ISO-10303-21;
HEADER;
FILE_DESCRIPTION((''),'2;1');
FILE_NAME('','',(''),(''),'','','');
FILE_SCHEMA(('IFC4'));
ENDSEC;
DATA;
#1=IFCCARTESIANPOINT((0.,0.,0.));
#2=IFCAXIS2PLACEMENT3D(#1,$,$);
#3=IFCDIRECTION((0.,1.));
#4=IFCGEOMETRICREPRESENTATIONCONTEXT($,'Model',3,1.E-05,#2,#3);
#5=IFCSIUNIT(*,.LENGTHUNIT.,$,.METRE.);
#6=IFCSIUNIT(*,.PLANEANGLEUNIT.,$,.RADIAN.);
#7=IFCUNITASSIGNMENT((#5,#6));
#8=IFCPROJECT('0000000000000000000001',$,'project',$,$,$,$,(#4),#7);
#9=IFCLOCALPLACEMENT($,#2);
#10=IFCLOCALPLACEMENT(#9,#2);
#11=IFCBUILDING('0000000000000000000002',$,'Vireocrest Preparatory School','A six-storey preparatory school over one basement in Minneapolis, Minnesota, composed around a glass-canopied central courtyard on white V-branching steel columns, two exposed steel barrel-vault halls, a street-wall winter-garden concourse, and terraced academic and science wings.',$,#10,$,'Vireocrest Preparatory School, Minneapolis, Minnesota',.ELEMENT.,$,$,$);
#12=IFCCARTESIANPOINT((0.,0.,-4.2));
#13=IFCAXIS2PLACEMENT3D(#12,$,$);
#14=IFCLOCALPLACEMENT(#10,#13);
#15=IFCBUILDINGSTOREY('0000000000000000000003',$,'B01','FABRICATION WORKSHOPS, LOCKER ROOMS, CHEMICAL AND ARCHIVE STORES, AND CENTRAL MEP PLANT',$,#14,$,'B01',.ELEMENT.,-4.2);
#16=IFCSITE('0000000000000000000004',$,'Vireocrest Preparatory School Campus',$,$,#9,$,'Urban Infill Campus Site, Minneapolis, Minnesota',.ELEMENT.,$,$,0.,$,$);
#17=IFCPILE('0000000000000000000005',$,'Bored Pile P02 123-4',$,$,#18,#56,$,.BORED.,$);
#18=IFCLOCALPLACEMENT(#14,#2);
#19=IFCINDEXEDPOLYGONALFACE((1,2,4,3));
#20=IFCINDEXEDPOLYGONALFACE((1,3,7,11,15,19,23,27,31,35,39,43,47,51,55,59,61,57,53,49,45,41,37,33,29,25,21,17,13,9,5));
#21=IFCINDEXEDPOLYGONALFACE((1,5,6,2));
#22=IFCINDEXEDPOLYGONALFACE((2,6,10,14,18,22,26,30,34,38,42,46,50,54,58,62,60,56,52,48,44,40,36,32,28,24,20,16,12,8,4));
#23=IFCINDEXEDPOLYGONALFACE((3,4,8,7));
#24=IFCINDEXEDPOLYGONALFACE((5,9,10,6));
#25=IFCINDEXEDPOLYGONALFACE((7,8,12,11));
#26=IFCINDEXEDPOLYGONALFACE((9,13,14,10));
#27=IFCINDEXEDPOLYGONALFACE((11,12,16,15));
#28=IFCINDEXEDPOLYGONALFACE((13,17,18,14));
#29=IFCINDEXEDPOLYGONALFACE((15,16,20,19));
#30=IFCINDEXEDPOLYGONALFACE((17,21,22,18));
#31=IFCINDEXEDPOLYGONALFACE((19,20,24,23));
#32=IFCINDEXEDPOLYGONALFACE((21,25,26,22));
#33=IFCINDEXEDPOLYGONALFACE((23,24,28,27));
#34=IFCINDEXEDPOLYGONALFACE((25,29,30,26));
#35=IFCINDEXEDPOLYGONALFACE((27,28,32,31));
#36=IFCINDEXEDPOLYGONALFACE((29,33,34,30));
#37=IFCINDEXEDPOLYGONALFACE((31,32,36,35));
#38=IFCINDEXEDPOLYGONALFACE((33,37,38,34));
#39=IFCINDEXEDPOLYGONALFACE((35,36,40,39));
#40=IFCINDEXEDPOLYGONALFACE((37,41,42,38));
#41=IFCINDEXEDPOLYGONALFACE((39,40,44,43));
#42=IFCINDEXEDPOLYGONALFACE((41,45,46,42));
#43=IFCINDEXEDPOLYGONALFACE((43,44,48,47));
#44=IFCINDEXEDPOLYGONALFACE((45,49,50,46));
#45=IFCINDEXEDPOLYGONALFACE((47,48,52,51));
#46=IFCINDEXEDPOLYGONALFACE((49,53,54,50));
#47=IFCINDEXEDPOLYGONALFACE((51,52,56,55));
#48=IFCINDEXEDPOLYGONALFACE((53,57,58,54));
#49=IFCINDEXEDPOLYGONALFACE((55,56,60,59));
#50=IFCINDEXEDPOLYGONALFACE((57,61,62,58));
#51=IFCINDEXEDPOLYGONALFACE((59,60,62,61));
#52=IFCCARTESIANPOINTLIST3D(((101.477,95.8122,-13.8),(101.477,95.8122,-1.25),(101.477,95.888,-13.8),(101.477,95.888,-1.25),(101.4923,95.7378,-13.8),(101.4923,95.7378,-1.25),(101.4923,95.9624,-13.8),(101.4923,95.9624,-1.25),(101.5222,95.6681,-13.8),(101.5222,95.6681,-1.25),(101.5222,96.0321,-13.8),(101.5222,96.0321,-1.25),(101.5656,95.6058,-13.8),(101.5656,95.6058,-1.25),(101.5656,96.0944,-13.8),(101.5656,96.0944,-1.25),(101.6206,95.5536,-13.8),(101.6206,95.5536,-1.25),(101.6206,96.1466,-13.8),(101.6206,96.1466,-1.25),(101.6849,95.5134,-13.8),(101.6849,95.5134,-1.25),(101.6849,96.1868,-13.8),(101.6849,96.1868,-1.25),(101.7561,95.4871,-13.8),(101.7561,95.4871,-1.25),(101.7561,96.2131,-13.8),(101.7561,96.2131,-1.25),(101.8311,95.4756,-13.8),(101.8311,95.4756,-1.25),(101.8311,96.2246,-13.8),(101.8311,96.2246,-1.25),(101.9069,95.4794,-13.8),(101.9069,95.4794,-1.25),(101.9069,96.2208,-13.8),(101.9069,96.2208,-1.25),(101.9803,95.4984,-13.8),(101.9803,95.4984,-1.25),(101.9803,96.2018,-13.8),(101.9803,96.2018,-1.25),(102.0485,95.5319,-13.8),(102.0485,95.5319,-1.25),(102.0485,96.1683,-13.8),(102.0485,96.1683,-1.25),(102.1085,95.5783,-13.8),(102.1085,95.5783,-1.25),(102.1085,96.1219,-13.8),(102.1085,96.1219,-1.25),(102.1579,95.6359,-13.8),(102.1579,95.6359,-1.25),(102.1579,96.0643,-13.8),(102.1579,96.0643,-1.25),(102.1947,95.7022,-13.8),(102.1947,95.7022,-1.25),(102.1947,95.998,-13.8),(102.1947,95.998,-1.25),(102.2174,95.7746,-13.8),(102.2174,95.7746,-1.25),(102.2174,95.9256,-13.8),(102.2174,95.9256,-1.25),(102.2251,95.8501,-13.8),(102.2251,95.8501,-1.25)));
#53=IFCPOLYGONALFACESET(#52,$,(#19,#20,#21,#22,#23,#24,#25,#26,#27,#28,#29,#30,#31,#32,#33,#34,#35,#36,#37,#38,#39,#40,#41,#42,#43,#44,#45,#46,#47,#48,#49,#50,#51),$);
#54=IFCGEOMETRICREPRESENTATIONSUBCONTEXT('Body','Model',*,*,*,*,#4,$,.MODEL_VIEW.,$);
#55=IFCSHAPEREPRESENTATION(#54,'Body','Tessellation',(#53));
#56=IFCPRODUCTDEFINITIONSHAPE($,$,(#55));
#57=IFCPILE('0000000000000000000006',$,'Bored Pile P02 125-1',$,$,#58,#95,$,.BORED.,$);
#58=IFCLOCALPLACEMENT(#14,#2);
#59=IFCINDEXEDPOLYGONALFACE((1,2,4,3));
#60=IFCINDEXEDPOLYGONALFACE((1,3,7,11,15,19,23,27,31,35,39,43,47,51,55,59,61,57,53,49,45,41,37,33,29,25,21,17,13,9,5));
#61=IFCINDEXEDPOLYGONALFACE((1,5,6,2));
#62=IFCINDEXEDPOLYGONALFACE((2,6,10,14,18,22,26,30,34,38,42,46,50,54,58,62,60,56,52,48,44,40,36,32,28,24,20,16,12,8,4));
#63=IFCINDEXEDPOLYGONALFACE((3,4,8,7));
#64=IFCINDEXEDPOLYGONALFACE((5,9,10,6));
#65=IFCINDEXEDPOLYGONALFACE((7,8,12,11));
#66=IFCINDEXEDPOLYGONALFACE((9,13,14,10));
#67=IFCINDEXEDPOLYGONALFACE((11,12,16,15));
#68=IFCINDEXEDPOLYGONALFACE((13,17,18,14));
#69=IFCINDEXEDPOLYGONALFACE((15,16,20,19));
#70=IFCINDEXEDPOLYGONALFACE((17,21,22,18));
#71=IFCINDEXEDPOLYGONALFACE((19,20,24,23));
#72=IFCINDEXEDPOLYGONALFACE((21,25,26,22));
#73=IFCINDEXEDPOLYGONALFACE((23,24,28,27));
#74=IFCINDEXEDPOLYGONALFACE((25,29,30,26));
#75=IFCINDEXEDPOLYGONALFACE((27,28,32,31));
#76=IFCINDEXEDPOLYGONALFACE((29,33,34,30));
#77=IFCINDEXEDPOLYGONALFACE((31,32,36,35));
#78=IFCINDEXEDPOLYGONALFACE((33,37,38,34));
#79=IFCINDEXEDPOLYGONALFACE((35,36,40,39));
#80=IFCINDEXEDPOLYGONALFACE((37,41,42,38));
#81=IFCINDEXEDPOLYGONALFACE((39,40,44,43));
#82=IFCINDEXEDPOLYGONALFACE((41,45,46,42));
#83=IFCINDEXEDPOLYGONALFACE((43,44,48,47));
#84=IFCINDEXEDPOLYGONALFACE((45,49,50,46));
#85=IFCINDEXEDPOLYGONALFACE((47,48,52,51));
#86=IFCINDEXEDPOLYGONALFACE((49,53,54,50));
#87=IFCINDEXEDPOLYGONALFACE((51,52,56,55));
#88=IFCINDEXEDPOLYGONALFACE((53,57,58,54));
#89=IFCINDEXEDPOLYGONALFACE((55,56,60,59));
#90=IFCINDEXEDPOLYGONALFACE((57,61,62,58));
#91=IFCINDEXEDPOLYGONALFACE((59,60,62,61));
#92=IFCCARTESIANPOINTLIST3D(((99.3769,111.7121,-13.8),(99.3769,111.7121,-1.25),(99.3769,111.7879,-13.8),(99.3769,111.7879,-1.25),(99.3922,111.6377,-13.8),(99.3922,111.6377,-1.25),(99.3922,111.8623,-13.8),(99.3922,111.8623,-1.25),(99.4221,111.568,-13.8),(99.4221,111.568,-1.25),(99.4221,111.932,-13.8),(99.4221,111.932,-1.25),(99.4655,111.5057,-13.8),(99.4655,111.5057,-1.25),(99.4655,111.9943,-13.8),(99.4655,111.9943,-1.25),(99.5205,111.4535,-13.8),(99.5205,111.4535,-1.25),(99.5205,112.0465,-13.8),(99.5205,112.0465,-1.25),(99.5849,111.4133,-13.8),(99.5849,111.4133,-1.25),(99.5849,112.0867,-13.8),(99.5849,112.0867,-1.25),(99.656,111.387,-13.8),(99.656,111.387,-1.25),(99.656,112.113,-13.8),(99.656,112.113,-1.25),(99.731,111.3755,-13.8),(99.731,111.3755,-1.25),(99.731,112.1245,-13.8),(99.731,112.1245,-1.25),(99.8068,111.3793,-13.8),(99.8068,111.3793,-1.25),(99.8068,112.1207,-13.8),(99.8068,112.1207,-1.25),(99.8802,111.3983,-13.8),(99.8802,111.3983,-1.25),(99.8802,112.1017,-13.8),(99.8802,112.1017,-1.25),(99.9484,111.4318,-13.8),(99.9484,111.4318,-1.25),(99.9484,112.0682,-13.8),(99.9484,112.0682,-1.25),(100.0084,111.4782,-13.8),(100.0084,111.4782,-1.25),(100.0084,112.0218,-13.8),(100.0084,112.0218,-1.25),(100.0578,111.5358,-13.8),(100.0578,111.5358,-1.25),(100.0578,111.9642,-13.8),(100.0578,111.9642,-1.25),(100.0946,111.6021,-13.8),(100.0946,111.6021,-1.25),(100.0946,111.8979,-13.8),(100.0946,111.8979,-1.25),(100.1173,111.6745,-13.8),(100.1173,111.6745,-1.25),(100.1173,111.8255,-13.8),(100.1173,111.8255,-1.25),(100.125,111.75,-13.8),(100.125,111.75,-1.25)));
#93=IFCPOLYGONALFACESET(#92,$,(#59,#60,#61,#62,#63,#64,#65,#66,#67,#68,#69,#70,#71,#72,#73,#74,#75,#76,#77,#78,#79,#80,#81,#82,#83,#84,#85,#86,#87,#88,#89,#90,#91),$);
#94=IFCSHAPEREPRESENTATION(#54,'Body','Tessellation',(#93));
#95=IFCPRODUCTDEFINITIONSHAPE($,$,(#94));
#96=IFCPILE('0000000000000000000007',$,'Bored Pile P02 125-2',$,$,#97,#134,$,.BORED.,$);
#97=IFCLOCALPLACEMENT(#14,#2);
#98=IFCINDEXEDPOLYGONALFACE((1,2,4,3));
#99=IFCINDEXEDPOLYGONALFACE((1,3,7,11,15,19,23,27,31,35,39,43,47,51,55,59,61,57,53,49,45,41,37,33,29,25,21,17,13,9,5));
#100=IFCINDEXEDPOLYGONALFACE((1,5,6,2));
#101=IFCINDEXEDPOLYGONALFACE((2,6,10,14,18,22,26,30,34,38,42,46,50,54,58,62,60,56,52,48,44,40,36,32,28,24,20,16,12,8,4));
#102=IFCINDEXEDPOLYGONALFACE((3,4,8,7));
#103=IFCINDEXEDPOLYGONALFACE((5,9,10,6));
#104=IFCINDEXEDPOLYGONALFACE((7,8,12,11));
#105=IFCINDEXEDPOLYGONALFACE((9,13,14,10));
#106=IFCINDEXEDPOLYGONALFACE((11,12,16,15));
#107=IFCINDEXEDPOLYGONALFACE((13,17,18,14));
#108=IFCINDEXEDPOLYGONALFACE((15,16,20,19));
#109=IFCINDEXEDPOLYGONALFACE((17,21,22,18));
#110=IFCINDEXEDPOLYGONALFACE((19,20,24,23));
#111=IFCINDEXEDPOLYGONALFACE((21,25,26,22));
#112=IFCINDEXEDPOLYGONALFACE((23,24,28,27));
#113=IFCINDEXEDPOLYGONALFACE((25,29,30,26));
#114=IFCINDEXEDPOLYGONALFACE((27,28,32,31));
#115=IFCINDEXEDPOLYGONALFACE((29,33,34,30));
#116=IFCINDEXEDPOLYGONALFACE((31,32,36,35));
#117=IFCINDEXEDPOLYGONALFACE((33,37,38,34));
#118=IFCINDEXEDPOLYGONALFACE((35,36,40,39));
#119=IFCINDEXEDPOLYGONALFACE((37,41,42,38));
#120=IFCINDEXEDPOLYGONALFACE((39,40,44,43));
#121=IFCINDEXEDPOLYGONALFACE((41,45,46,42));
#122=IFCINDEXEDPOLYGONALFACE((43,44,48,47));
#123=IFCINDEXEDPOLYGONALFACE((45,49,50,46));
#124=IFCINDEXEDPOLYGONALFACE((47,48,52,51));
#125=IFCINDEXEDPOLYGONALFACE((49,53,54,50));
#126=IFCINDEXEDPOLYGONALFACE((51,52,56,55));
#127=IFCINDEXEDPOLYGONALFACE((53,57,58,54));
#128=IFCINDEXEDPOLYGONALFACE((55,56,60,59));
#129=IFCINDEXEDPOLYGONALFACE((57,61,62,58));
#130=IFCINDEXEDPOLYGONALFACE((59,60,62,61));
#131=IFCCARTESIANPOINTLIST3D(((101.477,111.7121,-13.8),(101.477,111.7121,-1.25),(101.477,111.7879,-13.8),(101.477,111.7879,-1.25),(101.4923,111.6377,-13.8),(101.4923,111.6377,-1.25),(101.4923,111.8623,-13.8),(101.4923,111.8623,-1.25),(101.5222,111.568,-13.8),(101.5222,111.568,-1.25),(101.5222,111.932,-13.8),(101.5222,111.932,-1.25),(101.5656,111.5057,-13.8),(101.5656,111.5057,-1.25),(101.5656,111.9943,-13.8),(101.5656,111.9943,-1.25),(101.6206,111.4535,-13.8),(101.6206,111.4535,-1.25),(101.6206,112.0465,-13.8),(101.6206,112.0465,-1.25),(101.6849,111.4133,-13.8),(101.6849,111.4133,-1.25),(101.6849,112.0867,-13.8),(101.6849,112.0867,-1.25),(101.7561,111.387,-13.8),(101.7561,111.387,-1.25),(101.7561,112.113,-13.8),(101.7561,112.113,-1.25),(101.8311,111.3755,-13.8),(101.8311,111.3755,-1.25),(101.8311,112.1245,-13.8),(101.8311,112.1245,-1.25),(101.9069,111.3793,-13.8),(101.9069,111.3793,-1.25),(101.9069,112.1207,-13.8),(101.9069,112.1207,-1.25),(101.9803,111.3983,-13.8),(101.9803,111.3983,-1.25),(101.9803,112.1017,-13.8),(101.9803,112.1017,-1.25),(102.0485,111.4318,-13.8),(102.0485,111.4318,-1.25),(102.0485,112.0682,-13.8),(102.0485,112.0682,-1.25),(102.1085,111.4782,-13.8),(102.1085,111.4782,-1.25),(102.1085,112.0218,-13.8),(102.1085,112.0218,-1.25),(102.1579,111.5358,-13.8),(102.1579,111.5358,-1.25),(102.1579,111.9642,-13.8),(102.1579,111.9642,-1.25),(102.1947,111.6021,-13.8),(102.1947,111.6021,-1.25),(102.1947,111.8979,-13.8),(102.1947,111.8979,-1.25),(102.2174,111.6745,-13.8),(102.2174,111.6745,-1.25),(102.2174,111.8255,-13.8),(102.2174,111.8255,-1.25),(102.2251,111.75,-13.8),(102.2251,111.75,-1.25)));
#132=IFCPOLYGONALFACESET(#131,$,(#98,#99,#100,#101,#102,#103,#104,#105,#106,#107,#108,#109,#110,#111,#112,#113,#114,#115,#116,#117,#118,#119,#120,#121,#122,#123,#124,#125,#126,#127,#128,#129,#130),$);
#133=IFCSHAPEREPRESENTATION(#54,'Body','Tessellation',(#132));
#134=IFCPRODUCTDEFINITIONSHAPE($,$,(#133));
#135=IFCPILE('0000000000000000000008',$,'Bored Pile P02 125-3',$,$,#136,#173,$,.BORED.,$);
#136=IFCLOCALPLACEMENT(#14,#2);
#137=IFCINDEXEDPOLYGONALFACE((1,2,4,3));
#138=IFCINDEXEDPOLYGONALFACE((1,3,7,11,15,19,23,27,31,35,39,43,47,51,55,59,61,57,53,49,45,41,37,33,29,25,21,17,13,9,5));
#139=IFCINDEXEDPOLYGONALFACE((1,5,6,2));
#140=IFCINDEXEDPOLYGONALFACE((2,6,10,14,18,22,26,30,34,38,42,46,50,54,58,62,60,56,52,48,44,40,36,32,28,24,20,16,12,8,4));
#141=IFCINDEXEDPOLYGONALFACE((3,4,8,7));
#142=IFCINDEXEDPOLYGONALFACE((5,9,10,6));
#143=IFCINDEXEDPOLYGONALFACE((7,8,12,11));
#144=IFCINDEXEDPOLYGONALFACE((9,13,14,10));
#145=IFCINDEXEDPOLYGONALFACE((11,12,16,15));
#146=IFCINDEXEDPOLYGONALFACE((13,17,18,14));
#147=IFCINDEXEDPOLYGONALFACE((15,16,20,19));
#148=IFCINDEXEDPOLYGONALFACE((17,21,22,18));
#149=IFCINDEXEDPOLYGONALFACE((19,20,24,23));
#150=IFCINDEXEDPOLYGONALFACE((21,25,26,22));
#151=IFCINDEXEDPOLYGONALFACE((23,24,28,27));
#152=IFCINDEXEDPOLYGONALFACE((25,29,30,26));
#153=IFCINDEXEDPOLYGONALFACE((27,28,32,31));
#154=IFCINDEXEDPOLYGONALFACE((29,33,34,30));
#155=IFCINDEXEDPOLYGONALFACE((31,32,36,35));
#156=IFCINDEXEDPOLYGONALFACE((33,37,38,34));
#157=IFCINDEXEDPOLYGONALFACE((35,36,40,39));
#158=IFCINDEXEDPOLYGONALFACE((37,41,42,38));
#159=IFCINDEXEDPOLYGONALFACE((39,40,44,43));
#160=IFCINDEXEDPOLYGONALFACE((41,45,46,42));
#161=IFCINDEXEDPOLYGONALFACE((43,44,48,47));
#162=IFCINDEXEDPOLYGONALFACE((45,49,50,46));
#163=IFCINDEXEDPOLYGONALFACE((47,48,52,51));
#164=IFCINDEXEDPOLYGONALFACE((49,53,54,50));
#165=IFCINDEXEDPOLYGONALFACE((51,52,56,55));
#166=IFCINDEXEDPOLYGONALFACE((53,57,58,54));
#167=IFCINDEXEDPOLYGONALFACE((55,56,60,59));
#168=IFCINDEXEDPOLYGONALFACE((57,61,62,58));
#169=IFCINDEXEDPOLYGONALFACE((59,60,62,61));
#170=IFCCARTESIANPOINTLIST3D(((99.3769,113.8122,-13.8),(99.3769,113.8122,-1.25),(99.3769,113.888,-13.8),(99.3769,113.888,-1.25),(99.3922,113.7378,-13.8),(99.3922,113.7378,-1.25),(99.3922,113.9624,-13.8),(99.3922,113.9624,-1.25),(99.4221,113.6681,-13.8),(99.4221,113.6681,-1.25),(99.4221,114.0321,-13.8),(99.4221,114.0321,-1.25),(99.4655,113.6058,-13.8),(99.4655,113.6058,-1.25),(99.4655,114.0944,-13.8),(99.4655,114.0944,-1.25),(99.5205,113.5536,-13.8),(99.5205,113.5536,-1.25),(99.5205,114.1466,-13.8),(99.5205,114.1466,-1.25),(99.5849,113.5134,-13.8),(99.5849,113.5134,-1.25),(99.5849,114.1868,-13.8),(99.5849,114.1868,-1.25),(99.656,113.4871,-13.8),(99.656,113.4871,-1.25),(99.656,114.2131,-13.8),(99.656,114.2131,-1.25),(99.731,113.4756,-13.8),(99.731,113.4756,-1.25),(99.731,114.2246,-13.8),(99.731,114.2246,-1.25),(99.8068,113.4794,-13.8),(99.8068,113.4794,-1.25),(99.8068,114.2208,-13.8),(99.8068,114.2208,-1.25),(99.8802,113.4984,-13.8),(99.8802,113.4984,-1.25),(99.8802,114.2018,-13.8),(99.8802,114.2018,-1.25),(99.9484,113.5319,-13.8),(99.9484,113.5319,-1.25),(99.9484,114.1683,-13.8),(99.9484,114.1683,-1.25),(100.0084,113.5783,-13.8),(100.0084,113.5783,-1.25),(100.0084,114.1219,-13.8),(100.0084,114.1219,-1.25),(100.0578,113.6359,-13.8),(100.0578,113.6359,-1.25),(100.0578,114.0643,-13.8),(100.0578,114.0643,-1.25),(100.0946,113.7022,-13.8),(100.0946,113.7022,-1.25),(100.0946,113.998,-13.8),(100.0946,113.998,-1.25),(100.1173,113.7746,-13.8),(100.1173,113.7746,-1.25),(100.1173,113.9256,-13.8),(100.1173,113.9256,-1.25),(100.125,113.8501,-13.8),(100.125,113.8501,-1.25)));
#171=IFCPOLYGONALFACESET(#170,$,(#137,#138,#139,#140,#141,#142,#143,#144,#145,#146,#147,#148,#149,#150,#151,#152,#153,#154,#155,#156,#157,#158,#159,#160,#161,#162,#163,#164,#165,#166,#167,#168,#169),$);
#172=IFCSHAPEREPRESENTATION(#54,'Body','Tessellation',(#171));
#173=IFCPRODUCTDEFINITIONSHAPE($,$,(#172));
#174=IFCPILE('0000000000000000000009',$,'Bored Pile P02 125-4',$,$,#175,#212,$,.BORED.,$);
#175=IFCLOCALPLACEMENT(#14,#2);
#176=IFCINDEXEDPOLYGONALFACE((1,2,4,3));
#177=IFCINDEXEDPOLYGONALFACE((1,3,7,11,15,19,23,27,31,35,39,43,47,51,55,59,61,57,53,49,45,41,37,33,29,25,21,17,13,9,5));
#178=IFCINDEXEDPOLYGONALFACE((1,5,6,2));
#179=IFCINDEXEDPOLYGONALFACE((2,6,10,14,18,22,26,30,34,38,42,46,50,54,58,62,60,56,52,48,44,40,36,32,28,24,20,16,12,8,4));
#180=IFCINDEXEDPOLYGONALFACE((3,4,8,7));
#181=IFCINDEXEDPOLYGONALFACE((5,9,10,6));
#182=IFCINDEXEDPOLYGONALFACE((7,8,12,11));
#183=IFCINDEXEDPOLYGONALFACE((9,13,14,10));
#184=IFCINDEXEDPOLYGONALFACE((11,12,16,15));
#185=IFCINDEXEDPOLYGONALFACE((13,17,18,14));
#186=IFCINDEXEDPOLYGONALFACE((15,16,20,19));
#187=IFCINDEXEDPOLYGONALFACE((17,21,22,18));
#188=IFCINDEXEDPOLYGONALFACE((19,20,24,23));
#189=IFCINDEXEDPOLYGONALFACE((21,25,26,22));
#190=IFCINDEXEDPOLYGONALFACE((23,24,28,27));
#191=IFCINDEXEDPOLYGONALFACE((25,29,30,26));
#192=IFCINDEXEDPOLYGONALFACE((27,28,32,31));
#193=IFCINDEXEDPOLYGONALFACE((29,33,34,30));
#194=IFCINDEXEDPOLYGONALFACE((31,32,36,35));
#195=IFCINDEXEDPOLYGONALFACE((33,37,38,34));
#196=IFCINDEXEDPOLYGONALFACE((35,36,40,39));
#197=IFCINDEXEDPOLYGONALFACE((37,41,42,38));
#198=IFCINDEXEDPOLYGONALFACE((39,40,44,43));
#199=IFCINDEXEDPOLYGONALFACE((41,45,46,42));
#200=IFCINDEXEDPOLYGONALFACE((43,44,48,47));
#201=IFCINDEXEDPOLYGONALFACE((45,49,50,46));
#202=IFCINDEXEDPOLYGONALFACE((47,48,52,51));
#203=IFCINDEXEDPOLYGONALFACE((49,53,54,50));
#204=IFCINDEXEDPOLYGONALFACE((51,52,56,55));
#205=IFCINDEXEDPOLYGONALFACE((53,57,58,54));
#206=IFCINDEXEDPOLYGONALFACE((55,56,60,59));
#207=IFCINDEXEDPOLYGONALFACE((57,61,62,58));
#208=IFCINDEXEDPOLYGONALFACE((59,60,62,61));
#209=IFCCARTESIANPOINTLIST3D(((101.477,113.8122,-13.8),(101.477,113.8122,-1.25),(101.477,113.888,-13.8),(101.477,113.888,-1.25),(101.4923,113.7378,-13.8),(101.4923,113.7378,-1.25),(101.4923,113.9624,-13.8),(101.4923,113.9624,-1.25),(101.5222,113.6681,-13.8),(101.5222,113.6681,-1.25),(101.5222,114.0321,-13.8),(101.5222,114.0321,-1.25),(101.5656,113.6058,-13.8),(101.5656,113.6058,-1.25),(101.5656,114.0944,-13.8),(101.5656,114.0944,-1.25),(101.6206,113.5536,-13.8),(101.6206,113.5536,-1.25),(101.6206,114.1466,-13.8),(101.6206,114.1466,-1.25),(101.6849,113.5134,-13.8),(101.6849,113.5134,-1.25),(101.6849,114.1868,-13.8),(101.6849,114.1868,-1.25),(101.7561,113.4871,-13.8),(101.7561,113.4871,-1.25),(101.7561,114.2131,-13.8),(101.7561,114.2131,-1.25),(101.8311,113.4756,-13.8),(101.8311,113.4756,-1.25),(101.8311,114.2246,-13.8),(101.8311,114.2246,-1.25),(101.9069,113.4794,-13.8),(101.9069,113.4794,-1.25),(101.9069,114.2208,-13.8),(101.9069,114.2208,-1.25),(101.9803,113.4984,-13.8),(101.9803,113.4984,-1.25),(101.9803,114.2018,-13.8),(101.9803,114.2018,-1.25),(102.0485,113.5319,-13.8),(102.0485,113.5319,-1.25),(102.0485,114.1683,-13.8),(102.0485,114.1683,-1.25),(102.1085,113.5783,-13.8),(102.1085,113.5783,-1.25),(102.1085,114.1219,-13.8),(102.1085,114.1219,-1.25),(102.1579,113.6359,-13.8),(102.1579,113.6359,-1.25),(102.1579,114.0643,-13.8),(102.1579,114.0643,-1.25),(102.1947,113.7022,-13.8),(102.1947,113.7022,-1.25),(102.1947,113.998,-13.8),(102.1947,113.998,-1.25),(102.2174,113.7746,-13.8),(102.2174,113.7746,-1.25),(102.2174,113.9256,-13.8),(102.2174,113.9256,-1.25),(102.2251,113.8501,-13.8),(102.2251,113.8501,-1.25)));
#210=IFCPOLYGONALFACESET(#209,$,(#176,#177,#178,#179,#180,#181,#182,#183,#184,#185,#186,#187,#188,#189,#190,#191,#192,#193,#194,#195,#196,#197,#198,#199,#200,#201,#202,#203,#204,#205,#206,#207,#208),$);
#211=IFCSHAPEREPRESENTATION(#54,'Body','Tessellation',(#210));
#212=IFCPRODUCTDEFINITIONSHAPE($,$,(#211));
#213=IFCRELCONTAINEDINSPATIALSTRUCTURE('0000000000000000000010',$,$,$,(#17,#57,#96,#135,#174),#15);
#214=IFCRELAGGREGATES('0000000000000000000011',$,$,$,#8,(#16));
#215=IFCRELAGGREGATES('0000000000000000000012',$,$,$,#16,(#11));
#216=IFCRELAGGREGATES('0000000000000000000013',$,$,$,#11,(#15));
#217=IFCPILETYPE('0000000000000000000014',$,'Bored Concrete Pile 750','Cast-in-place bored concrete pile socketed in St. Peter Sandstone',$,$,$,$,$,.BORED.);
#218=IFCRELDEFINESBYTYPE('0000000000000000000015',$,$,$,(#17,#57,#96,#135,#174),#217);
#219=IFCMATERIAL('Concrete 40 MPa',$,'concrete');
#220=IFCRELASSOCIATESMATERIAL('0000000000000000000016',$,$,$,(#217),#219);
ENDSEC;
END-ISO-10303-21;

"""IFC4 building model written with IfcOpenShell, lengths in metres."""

from ifc_helpers import new_model, si_unit, direction, frame, origin, origin_2d, place, context, subcontext, project, spatial, circle, extrude, material, material_profile, profile_set, type_object, element, save


model = new_model("IFC4")

# Units and contexts
model_context = context("Model", 3, precision=1e-05, world=origin(), true_north=direction((0.0, 1.0)))
body_context = subcontext(model_context, "Body", "Model", "MODEL_VIEW")
ifc_project = project(units=[si_unit("LENGTHUNIT", "METRE"), si_unit("PLANEANGLEUNIT", "RADIAN")], contexts=[model_context])

# Site, building, storey
site_placement = place(None, origin())
site = spatial("IfcSite", under=ifc_project, at=site_placement, Name="Vireocrest Preparatory School Campus", LongName="Urban Infill Campus Site, Minneapolis, Minnesota", CompositionType="ELEMENT", RefElevation=0.0)
building_placement = place(site_placement, origin())
building = spatial("IfcBuilding", under=site, at=building_placement, Name="Vireocrest Preparatory School", Description="A six-storey preparatory school over one basement in Minneapolis, Minnesota, composed around a glass-canopied central courtyard on white V-branching steel columns, two exposed steel barrel-vault halls, a street-wall winter-garden concourse, and terraced academic and science wings.", LongName="Vireocrest Preparatory School, Minneapolis, Minnesota", CompositionType="ELEMENT")
storey_placement = place(building_placement, frame((0.0, 0.0, -4.2)))
storey = spatial("IfcBuildingStorey", under=building, at=storey_placement, Name="B01", Description="FABRICATION WORKSHOPS, LOCKER ROOMS, CHEMICAL AND ARCHIVE STORES, AND CENTRAL MEP PLANT", LongName="B01", CompositionType="ELEMENT", Elevation=-4.2)

# Piles
ifc_material_1 = material(Name="Concrete 40 MPa", Category="concrete")
ifc_material_profile_1 = material_profile(ifc_material_1, circle(Radius=0.375, at=origin_2d()), Name="BORED PILE 750")
ifc_profile_set_1 = profile_set([ifc_material_profile_1], Name="Concrete 40 MPa")
pile_type_1 = type_object("IfcPileType", Name="Bored Concrete Pile 750", Description="Cast-in-place bored concrete pile socketed in St. Peter Sandstone", PredefinedType="BORED", material=ifc_profile_set_1)
for number, where, z_axis, x_axis, name in (
    (1, (101.8501, 95.8501, -1.25), (0.0, 0.0, -1.0), (1.0, 0.0, 0.0), "Bored Pile P02 123-4"),
    (2, (99.75, 111.75, -1.25), (0.0, 0.0, -1.0), (1.0, 0.0, 0.0), "Bored Pile P02 125-1"),
    (3, (101.8501, 111.75, -1.25), (0.0, 0.0, -1.0), (1.0, 0.0, 0.0), "Bored Pile P02 125-2"),
    (4, (99.75, 113.8501, -1.25), (0.0, 0.0, -1.0), (1.0, 0.0, 0.0), "Bored Pile P02 125-3"),
    (5, (101.8501, 113.8501, -1.25), (0.0, 0.0, -1.0), (1.0, 0.0, 0.0), "Bored Pile P02 125-4"),
):
    element("IfcPile", number, at=place(storey_placement, frame(where, z_axis=z_axis, x_axis=x_axis)), inside=storey, type_object=pile_type_1, Name=name, PredefinedType="BORED", context=body_context, shape_type="SweptSolid", body=[
        extrude(circle(Radius=0.375, at=origin_2d()), origin(), (0.0, 0.0, 1.0), 12.55),
    ])

save(model, "model.ifc")
